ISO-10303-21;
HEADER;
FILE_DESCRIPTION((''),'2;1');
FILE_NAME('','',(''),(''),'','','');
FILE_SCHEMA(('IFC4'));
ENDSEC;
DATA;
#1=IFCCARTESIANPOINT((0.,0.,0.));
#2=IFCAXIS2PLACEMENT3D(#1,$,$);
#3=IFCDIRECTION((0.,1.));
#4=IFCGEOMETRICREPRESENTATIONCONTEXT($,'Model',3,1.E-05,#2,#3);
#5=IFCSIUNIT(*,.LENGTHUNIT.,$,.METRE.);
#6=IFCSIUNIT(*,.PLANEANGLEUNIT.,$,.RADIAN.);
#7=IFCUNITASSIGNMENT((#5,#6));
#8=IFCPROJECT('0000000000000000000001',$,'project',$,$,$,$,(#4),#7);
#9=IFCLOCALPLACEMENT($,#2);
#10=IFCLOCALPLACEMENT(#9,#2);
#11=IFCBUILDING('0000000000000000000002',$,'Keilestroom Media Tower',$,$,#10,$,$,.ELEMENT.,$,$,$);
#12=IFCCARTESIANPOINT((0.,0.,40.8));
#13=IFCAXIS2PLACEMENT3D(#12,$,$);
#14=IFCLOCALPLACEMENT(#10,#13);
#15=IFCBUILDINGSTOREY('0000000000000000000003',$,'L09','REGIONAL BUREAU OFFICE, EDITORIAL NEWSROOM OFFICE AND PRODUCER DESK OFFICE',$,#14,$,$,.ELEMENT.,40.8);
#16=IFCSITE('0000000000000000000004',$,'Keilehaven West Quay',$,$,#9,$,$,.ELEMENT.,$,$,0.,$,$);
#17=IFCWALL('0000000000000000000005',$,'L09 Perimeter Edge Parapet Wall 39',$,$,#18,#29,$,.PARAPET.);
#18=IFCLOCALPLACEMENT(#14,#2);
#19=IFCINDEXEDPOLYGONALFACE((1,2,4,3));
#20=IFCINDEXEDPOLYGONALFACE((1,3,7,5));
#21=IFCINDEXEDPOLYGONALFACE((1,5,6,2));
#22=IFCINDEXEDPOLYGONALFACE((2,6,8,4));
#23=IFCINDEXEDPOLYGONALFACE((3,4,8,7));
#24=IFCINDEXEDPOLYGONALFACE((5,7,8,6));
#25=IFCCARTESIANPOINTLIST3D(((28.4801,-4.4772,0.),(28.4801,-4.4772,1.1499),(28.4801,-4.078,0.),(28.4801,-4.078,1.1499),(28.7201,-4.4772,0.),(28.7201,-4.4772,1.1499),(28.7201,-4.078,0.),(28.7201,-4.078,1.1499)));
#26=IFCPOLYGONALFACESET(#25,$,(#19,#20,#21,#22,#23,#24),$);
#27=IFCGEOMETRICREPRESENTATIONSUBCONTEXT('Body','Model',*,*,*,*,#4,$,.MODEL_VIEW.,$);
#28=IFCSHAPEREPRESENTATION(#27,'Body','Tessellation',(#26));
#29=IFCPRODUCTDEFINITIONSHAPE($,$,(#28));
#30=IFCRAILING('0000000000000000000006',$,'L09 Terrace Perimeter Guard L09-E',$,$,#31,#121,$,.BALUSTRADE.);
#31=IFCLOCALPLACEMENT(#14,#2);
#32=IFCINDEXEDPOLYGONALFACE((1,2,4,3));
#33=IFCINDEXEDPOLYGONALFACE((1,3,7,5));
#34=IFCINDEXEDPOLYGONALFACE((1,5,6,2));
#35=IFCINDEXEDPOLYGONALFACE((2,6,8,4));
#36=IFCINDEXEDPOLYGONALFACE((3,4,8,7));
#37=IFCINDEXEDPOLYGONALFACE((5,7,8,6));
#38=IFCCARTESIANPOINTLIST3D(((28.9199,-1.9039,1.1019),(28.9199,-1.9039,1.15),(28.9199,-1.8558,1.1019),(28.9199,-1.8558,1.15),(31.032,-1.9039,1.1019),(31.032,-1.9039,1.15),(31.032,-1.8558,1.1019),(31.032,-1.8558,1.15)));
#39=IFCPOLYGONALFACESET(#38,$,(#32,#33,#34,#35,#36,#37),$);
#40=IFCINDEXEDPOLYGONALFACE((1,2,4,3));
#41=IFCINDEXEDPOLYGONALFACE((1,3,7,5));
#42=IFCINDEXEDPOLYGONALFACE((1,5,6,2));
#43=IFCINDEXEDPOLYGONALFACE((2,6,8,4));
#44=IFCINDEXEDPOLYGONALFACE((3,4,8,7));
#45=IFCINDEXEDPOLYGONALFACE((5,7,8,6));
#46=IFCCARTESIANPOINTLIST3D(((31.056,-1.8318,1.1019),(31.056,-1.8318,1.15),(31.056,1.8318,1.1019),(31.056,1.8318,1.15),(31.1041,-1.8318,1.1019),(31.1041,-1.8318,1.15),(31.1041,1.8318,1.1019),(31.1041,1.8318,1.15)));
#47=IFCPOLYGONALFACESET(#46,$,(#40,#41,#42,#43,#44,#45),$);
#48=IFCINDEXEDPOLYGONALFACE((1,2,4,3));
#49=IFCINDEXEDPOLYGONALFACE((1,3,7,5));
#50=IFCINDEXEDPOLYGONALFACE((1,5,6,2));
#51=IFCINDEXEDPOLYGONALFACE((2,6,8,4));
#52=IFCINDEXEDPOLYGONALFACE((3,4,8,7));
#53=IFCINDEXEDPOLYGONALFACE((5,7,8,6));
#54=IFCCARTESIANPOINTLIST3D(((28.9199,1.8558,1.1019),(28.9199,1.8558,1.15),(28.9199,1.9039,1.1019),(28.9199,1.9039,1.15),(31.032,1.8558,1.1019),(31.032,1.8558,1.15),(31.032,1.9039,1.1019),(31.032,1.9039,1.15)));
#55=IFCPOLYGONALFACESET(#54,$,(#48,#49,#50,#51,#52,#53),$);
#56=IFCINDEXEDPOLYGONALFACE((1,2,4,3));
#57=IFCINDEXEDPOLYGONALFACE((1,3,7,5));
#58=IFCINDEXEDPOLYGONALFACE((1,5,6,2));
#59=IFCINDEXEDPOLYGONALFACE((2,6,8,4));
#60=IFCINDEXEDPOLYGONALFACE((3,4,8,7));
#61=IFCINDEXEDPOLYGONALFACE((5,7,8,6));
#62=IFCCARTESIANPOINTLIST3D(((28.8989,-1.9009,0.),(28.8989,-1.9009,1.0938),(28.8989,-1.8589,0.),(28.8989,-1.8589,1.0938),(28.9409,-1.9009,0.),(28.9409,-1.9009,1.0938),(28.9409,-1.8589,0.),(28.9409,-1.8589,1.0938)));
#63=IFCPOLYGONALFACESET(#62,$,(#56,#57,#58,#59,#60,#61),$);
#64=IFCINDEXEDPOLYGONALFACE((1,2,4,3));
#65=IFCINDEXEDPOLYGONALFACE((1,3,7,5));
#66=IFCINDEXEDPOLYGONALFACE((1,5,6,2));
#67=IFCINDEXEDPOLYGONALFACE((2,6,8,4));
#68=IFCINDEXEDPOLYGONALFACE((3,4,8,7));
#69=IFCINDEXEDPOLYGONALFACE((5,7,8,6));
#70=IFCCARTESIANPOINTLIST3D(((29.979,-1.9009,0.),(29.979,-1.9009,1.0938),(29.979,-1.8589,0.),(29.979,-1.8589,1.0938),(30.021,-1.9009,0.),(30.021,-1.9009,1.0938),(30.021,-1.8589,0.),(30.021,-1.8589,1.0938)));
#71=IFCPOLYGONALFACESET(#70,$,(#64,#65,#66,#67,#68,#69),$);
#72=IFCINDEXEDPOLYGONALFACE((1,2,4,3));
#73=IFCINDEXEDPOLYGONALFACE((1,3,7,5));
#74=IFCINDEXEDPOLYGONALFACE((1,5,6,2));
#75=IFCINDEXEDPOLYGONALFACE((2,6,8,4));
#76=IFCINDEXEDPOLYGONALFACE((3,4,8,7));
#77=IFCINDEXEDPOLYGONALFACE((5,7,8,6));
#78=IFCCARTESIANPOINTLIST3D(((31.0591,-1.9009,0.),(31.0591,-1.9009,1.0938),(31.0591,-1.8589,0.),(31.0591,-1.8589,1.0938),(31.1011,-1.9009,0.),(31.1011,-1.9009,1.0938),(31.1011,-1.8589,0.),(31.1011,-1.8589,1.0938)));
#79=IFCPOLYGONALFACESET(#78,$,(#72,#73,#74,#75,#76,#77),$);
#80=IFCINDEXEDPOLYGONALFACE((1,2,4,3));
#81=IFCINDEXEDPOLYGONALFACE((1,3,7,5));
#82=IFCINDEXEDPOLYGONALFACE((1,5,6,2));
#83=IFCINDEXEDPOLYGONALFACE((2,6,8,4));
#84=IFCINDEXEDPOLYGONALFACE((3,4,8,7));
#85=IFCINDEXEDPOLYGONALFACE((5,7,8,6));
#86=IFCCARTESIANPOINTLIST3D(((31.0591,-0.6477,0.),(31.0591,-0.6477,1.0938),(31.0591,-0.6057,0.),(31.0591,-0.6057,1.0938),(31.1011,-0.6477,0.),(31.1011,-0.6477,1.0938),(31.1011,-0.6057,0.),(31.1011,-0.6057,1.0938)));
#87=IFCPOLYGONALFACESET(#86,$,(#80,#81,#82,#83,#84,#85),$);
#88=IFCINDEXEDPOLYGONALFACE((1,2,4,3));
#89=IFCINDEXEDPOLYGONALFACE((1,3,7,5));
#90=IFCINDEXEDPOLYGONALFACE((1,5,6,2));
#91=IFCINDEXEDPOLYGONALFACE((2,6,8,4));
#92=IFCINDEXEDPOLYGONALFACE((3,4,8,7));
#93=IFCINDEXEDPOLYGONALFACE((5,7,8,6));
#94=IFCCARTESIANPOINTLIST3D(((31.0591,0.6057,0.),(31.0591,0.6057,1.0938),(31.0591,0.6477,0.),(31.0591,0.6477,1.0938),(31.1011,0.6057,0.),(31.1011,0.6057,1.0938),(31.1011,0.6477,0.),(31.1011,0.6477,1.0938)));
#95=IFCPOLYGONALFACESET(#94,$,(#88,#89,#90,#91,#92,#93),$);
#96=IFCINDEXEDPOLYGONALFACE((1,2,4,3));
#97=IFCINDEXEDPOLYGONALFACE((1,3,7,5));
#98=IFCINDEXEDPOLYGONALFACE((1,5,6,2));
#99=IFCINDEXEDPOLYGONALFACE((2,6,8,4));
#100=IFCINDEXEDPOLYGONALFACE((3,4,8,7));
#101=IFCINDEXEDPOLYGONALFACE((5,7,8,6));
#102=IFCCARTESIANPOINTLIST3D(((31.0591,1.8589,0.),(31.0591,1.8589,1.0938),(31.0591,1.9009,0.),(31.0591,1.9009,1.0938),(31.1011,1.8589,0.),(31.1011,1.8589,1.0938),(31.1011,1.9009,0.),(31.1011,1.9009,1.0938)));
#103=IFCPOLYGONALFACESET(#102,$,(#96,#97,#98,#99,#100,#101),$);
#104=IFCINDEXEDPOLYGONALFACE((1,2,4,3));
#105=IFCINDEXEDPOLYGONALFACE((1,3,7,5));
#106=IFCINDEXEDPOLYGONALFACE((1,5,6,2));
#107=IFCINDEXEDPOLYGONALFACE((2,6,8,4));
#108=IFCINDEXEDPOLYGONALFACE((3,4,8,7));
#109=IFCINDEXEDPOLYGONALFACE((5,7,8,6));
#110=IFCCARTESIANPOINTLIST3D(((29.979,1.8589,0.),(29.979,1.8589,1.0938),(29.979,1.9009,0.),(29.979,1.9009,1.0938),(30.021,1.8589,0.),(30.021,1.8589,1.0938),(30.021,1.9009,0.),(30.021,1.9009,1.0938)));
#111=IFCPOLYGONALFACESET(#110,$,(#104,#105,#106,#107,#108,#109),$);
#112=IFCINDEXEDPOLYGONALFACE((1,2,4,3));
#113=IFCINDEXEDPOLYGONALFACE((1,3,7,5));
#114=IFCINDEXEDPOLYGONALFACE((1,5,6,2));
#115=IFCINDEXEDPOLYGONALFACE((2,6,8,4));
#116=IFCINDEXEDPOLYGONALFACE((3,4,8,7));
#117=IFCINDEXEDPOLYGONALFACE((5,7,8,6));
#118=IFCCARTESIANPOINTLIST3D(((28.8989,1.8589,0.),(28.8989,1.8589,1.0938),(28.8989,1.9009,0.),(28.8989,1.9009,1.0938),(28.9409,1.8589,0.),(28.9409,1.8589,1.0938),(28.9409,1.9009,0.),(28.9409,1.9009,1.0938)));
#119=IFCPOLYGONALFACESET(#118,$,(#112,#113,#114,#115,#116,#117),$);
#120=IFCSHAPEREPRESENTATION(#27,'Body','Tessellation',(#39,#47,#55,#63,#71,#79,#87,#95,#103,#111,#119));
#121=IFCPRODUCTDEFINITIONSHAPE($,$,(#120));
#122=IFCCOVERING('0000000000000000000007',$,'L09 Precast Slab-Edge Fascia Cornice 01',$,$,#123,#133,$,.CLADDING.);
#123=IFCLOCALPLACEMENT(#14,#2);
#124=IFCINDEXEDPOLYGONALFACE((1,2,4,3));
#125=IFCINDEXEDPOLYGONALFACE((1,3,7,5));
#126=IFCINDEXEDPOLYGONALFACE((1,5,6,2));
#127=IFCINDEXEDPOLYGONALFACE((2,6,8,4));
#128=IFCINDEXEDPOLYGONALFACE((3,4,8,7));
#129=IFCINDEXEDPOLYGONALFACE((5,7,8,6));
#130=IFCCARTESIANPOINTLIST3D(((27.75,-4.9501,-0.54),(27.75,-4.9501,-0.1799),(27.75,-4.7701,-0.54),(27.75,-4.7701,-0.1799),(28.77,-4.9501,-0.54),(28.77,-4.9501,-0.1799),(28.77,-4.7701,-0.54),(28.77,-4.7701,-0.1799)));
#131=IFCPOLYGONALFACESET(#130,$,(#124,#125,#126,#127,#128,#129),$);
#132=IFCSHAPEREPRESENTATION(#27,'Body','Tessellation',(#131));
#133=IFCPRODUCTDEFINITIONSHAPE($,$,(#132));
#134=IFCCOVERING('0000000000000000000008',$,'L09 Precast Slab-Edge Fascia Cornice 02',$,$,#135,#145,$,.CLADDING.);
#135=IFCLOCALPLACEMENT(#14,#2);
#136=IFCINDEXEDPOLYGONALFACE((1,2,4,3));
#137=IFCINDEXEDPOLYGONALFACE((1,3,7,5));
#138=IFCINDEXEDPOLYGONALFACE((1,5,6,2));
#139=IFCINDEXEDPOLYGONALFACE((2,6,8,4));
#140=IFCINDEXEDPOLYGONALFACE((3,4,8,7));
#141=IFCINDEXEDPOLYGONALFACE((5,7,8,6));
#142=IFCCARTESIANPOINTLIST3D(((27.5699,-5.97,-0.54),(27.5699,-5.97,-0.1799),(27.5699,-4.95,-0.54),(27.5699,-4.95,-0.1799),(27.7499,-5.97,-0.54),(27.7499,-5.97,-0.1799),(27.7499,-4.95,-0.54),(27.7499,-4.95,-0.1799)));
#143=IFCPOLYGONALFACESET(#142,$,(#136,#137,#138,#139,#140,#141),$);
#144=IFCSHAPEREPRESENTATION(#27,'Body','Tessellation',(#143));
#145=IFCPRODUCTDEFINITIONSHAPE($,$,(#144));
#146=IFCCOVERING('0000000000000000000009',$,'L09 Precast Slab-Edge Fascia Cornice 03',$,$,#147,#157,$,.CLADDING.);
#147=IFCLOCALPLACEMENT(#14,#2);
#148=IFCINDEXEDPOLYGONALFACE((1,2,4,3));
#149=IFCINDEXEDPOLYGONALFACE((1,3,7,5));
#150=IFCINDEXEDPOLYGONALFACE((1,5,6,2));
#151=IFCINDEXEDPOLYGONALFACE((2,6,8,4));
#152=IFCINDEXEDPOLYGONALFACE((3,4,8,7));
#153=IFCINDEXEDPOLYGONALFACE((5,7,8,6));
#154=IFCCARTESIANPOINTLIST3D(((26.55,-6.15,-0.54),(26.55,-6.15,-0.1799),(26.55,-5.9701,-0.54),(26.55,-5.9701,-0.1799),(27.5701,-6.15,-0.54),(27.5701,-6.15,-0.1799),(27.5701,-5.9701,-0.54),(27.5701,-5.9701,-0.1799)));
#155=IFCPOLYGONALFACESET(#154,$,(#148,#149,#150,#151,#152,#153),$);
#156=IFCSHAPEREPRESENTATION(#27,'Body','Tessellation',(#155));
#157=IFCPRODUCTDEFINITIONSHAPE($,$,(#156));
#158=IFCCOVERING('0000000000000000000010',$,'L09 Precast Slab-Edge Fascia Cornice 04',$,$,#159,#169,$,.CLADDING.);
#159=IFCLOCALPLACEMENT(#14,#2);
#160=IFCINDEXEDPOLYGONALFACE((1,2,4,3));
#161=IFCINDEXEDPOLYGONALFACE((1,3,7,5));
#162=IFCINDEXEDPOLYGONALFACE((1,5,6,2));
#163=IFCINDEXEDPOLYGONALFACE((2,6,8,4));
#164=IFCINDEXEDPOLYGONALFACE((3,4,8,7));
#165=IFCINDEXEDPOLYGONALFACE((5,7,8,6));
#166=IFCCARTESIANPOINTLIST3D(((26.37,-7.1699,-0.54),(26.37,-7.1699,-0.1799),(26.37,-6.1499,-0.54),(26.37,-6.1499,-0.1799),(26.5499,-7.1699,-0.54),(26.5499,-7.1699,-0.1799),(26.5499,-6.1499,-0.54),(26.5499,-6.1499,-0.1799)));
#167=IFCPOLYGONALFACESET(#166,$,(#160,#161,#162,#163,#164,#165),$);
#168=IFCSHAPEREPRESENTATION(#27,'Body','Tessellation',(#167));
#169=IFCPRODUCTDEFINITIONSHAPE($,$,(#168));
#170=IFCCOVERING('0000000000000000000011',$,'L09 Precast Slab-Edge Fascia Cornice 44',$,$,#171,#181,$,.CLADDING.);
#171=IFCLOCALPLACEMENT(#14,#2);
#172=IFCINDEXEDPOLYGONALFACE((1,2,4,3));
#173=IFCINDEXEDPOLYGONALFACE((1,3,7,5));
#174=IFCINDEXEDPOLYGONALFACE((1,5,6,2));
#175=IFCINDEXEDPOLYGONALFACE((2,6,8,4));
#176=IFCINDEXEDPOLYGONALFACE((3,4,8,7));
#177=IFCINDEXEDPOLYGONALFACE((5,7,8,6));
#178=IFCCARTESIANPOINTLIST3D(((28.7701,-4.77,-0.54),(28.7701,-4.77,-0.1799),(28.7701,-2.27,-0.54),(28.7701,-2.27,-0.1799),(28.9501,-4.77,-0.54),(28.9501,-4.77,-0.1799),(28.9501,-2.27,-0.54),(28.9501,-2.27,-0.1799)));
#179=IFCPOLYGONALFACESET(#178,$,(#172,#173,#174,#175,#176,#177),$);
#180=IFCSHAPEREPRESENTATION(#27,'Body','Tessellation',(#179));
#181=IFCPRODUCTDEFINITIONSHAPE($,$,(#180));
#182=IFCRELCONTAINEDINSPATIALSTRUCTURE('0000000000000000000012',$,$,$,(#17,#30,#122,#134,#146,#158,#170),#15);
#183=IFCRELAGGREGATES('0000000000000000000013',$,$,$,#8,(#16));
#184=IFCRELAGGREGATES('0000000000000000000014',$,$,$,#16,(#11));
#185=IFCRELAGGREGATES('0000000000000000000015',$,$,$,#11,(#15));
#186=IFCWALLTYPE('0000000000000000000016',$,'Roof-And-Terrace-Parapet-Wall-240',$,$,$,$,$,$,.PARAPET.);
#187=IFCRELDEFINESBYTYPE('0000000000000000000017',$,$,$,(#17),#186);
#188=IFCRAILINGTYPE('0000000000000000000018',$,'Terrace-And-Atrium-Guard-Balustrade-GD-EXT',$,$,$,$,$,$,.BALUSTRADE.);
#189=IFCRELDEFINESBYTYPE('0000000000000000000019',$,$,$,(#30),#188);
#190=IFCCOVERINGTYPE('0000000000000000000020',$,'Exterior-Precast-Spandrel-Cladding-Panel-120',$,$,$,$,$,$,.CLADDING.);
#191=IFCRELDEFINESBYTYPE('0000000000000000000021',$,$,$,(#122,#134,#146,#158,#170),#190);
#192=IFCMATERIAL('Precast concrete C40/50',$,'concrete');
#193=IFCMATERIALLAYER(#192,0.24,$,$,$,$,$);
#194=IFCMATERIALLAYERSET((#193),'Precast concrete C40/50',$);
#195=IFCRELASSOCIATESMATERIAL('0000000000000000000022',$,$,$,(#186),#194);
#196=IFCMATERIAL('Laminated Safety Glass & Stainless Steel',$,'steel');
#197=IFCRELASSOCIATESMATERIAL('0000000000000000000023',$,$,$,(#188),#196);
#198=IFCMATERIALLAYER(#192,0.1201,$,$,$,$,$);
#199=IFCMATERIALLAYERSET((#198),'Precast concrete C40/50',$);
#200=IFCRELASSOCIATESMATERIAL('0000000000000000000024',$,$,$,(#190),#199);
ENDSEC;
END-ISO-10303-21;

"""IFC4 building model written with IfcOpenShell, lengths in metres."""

from ifc_helpers import new_model, si_unit, direction, frame, frame_2d, origin, origin_2d, place, context, subcontext, project, spatial, rectangle, extrude, source, transform, mapped, material, layer, layer_set, type_object, element, save


model = new_model("IFC4")

# Units and contexts
model_context = context("Model", 3, precision=1e-05, world=origin(), true_north=direction((0.0, 1.0)))
body_context = subcontext(model_context, "Body", "Model", "MODEL_VIEW")
ifc_project = project(units=[si_unit("LENGTHUNIT", "METRE"), si_unit("PLANEANGLEUNIT", "RADIAN")], contexts=[model_context])

# Site, building, storey
site_placement = place(None, origin())
site = spatial("IfcSite", under=ifc_project, at=site_placement, Name="Keilehaven West Quay", CompositionType="ELEMENT", RefElevation=0.0)
building_placement = place(site_placement, origin())
building = spatial("IfcBuilding", under=site, at=building_placement, Name="Keilestroom Media Tower", CompositionType="ELEMENT")
storey_placement = place(building_placement, frame((0.0, 0.0, 40.8)))
storey = spatial("IfcBuildingStorey", under=building, at=storey_placement, Name="L09", Description="REGIONAL BUREAU OFFICE, EDITORIAL NEWSROOM OFFICE AND PRODUCER DESK OFFICE", CompositionType="ELEMENT", Elevation=40.8)

# Shared definitions
ifc_material_1 = material(Name="Precast concrete C40/50", Category="concrete")

# Wall
ifc_layer_1 = layer(ifc_material_1, 0.24)
ifc_layer_set_1 = layer_set([ifc_layer_1], Name="Precast concrete C40/50")
wall_type_1 = type_object("IfcWallType", Name="Roof-And-Terrace-Parapet-Wall-240", PredefinedType="PARAPET", material=ifc_layer_set_1)
wall_1_placement = place(storey_placement, frame((28.6001, -4.0779, 0.0), z_axis=(0.0, 0.0, 1.0), x_axis=(0.0, -1.0, 0.0)))
element("IfcWall", 1, at=wall_1_placement, inside=storey, type_object=wall_type_1, Name="L09 Perimeter Edge Parapet Wall 39", PredefinedType="PARAPET", context=body_context, shape_type="SweptSolid", body=[
    extrude(rectangle(XDim=0.3992, YDim=0.24, at=frame_2d((0.1997, 0.0))), origin(), (0.0, 0.0, 1.0), 1.1499),
])

# Railing
ifc_material_2 = material(Name="Laminated Safety Glass & Stainless Steel", Category="steel")
railing_type = type_object("IfcRailingType", Name="Terrace-And-Atrium-Guard-Balustrade-GD-EXT", PredefinedType="BALUSTRADE", material=ifc_material_2)
railing_placement = place(storey_placement, frame((28.9199, -1.8799, 0.0)))
element("IfcRailing", 2, at=railing_placement, inside=storey, type_object=railing_type, Name="L09 Terrace Perimeter Guard L09-E", PredefinedType="BALUSTRADE", context=body_context, shape_type="SweptSolid", body=[
    extrude(rectangle(XDim=0.0481, YDim=0.0481, at=origin_2d()), frame((0.0, 0.0, 1.126), z_axis=(1.0, 0.0, 0.0), x_axis=(0.0, 1.0, 0.0)), (0.0, 0.0, 1.0), 2.1121),
    extrude(rectangle(XDim=0.0481, YDim=0.0481, at=origin_2d()), frame((2.1602, 0.0481, 1.126), z_axis=(0.0, 1.0, 0.0), x_axis=(-1.0, 0.0, 0.0)), (0.0, 0.0, 1.0), 3.6636),
    extrude(rectangle(XDim=0.0481, YDim=0.0481, at=origin_2d()), frame((2.1121, 3.7598, 1.126), z_axis=(-1.0, 0.0, 0.0), x_axis=(0.0, -1.0, 0.0)), (0.0, 0.0, 1.0), 2.1121),
    extrude(rectangle(XDim=0.042, YDim=0.042, at=origin_2d()), origin(), (0.0, 0.0, 1.0), 1.0938),
    extrude(rectangle(XDim=0.042, YDim=0.042, at=origin_2d()), frame((1.0801, 0.0, 0.0)), (0.0, 0.0, 1.0), 1.0938),
    extrude(rectangle(XDim=0.042, YDim=0.042, at=origin_2d()), frame((2.1602, 0.0, 0.0)), (0.0, 0.0, 1.0), 1.0938),
    extrude(rectangle(XDim=0.042, YDim=0.042, at=origin_2d()), frame((2.1602, 1.2532, 0.0)), (0.0, 0.0, 1.0), 1.0938),
    extrude(rectangle(XDim=0.042, YDim=0.042, at=origin_2d()), frame((2.1602, 2.5066, 0.0)), (0.0, 0.0, 1.0), 1.0938),
    extrude(rectangle(XDim=0.042, YDim=0.042, at=origin_2d()), frame((2.1602, 3.7598, 0.0)), (0.0, 0.0, 1.0), 1.0938),
    extrude(rectangle(XDim=0.042, YDim=0.042, at=origin_2d()), frame((1.0801, 3.7598, 0.0)), (0.0, 0.0, 1.0), 1.0938),
    extrude(rectangle(XDim=0.042, YDim=0.042, at=origin_2d()), frame((0.0, 3.7598, 0.0)), (0.0, 0.0, 1.0), 1.0938),
])

# Coverings
ifc_layer_2 = layer(ifc_material_1, 0.1201)
ifc_layer_set_2 = layer_set([ifc_layer_2], Name="Precast concrete C40/50")
covering_type = type_object("IfcCoveringType", Name="Exterior-Precast-Spandrel-Cladding-Panel-120", PredefinedType="CLADDING", material=ifc_layer_set_2)
shared_shape_1 = source(origin(), body_context, "Body", "SweptSolid", [
    extrude(rectangle(XDim=1.02, YDim=0.1799, at=origin_2d()), origin(), (0.0, 0.0, 1.0), 0.3601),
])
for number, where, z_axis, x_axis, name in (
    (3, (28.26, -4.8601, -0.54), (0.0, 0.0, 1.0), (-1.0, 0.0, 0.0), "L09 Precast Slab-Edge Fascia Cornice 01"),
    (4, (27.6599, -5.46, -0.54), (0.0, 0.0, 1.0), (0.0, -1.0, 0.0), "L09 Precast Slab-Edge Fascia Cornice 02"),
    (5, (27.0601, -6.0601, -0.54), (0.0, 0.0, 1.0), (-1.0, 0.0, 0.0), "L09 Precast Slab-Edge Fascia Cornice 03"),
    (6, (26.46, -6.6599, -0.54), (0.0, 0.0, 1.0), (0.0, -1.0, 0.0), "L09 Precast Slab-Edge Fascia Cornice 04"),
):
    element("IfcCovering", number, at=place(storey_placement, frame(where, z_axis=z_axis, x_axis=x_axis)), inside=storey, type_object=covering_type, Name=name, PredefinedType="CLADDING", context=body_context, shape_type="MappedRepresentation", body=[
        mapped(shared_shape_1, transform((0.0, 0.0, 0.0), x_axis=(1.0, 0.0, 0.0), y_axis=(0.0, 1.0, 0.0), z_axis=(0.0, 0.0, 1.0), scale=1.0)),
    ])
shared_shape_2 = source(origin(), body_context, "Body", "SweptSolid", [
    extrude(rectangle(XDim=2.5, YDim=0.1799, at=origin_2d()), origin(), (0.0, 0.0, 1.0), 0.3601),
])
covering_placement = place(storey_placement, frame((28.8601, -3.52, -0.54), z_axis=(0.0, 0.0, 1.0), x_axis=(0.0, -1.0, 0.0)))
element("IfcCovering", 7, at=covering_placement, inside=storey, type_object=covering_type, Name="L09 Precast Slab-Edge Fascia Cornice 44", PredefinedType="CLADDING", context=body_context, shape_type="MappedRepresentation", body=[
    mapped(shared_shape_2, transform((0.0, 0.0, 0.0), x_axis=(1.0, 0.0, 0.0), y_axis=(0.0, 1.0, 0.0), z_axis=(0.0, 0.0, 1.0), scale=1.0)),
])

save(model, "model.ifc")
